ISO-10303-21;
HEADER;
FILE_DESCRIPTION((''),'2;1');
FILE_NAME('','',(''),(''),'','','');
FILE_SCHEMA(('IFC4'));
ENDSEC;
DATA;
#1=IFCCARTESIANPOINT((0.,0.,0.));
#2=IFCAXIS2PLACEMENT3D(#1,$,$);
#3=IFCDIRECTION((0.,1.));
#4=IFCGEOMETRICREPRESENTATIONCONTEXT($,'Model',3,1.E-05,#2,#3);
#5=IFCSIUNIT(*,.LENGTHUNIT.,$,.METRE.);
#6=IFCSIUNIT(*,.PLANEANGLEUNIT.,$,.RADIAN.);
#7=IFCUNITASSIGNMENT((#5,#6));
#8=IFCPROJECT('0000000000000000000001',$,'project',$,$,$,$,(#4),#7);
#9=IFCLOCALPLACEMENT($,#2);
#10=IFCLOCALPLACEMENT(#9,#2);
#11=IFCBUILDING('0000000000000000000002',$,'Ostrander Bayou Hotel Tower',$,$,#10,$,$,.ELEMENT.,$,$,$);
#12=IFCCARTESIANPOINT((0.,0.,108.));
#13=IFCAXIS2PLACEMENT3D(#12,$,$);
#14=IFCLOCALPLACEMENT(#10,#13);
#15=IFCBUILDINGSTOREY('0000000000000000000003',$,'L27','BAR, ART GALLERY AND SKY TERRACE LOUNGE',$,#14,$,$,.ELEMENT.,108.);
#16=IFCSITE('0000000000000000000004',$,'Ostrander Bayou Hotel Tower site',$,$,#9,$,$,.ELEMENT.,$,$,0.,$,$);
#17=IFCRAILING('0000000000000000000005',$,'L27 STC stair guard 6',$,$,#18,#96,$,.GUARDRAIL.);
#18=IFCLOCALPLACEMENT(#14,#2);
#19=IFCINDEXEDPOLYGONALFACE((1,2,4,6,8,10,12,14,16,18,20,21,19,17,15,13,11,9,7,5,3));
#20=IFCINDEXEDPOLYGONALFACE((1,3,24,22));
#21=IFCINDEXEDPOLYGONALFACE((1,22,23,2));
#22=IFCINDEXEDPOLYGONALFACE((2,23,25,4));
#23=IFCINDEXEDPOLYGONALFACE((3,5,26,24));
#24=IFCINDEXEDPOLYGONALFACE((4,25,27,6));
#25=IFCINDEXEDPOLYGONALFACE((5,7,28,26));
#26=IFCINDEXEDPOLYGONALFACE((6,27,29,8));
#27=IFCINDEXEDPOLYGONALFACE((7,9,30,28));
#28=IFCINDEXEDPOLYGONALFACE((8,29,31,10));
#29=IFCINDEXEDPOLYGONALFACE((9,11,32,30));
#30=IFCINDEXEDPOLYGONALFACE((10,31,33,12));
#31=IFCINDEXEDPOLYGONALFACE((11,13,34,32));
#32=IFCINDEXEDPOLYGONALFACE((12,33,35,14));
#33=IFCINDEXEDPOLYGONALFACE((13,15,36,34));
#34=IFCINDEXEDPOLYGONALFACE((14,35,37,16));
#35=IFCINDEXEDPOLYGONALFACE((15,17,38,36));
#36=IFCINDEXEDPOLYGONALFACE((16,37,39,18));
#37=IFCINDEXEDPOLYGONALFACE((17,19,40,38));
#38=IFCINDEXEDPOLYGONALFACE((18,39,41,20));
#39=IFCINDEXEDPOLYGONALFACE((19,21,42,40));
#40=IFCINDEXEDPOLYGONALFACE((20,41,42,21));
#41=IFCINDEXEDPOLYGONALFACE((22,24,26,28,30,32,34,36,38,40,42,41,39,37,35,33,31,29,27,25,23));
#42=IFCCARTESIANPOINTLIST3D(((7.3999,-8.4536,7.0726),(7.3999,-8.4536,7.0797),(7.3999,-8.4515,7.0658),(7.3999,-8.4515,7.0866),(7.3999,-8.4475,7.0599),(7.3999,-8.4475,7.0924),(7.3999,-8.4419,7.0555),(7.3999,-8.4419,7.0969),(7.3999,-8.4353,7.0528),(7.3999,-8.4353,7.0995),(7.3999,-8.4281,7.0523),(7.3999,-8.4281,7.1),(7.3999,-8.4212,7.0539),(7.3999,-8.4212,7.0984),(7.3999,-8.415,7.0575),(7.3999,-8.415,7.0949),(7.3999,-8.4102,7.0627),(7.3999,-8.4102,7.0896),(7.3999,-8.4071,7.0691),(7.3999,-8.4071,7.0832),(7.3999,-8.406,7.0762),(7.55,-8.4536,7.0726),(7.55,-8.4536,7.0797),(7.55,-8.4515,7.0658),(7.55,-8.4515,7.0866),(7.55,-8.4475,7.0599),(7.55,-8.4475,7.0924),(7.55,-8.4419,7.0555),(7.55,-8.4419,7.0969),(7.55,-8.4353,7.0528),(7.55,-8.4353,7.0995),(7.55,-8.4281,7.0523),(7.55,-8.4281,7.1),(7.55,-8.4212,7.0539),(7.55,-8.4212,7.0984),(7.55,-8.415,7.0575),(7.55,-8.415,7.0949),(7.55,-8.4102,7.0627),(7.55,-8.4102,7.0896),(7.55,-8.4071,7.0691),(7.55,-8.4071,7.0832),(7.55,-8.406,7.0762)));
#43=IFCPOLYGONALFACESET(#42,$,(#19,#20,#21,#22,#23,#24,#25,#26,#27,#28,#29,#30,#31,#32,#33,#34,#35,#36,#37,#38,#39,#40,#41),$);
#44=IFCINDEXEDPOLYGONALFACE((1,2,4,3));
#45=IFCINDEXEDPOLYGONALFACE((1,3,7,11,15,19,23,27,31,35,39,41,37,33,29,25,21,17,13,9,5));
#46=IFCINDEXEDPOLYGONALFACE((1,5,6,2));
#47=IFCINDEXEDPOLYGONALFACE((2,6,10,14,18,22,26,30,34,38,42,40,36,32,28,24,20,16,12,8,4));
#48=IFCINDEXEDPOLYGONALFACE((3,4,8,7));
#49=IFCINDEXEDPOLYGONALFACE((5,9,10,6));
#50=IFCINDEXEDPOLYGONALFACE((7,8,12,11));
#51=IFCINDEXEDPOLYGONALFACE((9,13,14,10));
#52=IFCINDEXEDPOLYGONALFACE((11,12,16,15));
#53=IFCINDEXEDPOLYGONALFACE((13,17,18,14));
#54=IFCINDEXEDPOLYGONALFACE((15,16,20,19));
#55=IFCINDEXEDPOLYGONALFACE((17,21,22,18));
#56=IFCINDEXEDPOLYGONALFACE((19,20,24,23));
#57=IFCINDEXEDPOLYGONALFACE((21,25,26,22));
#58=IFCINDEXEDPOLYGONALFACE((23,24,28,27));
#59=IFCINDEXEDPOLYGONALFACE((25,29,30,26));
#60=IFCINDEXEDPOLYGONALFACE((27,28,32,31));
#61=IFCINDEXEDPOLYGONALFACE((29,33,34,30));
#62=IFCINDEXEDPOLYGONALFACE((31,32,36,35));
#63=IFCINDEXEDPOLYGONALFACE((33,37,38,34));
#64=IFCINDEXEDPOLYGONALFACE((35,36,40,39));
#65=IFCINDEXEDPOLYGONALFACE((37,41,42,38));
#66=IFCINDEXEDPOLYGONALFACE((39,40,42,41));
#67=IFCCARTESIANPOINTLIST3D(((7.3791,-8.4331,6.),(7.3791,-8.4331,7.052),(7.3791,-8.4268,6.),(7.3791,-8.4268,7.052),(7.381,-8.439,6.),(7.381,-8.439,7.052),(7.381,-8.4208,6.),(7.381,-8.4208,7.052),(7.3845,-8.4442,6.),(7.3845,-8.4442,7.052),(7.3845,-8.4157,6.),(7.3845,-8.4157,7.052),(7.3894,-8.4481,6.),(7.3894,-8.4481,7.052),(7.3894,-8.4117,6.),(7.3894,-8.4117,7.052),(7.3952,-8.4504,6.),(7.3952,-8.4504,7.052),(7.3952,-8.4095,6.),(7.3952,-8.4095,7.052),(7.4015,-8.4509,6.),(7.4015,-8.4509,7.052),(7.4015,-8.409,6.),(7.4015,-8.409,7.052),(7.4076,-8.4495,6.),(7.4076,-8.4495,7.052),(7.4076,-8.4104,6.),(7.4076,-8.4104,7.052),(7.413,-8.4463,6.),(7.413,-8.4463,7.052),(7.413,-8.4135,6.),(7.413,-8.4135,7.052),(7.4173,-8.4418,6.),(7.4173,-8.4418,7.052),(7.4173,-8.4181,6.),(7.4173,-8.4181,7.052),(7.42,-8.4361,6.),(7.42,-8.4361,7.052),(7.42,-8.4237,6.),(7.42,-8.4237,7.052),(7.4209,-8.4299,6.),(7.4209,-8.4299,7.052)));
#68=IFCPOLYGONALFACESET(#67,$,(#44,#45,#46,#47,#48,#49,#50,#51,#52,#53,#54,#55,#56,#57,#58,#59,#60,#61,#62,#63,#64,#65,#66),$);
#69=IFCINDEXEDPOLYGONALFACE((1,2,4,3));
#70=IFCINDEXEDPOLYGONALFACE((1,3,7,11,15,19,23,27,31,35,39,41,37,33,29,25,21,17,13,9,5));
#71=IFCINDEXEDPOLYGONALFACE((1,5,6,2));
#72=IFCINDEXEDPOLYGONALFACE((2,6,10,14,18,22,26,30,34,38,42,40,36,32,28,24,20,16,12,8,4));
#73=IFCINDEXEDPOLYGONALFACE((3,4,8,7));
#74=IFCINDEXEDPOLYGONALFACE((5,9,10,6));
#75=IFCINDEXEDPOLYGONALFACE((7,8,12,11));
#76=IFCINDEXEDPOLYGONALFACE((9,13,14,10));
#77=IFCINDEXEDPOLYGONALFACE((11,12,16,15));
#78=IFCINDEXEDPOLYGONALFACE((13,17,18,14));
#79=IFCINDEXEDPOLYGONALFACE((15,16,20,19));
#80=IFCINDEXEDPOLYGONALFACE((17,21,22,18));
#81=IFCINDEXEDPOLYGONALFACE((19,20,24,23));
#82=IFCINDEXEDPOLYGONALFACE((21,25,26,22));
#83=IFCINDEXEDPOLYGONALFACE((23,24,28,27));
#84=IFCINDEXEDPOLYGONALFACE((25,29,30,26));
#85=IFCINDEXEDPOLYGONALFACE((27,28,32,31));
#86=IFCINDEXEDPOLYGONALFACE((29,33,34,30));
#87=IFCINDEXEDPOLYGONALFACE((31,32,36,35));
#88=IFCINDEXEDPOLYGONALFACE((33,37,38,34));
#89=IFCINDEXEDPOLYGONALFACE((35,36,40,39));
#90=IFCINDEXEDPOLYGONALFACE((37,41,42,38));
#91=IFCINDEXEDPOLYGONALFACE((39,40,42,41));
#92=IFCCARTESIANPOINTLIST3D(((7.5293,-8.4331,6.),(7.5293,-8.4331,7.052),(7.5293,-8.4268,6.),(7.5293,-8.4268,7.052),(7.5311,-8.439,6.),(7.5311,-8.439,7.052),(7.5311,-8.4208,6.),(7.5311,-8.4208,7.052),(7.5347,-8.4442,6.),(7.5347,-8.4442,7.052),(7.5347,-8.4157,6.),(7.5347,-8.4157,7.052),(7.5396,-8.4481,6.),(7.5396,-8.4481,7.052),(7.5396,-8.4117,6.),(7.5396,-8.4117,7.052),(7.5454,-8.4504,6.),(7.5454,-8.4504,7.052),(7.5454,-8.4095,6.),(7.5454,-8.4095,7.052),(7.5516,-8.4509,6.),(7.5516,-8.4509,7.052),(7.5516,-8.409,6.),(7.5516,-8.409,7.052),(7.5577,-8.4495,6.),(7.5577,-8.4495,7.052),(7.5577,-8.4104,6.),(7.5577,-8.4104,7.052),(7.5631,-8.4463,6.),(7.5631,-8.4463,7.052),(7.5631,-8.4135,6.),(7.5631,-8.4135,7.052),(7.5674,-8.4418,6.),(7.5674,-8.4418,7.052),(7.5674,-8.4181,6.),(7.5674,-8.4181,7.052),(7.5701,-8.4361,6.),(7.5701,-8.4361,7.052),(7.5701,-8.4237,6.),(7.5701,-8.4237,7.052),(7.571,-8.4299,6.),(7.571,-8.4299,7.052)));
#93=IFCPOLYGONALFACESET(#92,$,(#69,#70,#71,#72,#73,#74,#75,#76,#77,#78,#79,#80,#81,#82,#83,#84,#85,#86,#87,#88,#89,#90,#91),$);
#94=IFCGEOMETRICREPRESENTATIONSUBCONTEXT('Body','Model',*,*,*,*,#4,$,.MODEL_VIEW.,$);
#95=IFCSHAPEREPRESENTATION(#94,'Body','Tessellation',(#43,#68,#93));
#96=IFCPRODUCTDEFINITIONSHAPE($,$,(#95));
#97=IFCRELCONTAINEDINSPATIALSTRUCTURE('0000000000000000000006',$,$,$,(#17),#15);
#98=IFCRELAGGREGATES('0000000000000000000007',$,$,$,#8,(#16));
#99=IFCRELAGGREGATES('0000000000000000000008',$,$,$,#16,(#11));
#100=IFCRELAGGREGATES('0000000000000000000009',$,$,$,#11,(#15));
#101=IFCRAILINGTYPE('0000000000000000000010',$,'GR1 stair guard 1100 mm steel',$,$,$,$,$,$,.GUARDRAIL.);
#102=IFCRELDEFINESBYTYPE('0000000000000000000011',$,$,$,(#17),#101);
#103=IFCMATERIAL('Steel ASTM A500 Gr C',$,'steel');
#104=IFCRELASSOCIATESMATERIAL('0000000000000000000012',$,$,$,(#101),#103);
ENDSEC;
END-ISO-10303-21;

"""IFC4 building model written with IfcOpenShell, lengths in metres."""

from ifc_helpers import new_model, si_unit, direction, frame, origin, origin_2d, place, context, subcontext, project, spatial, circle, extrude, material, type_object, element, save


model = new_model("IFC4")

# Units and contexts
model_context = context("Model", 3, precision=1e-05, world=origin(), true_north=direction((0.0, 1.0)))
body_context = subcontext(model_context, "Body", "Model", "MODEL_VIEW")
ifc_project = project(units=[si_unit("LENGTHUNIT", "METRE"), si_unit("PLANEANGLEUNIT", "RADIAN")], contexts=[model_context])

# Site, building, storey
site_placement = place(None, origin())
site = spatial("IfcSite", under=ifc_project, at=site_placement, Name="Ostrander Bayou Hotel Tower site", CompositionType="ELEMENT", RefElevation=0.0)
building_placement = place(site_placement, origin())
building = spatial("IfcBuilding", under=site, at=building_placement, Name="Ostrander Bayou Hotel Tower", CompositionType="ELEMENT")
storey_placement = place(building_placement, frame((0.0, 0.0, 108.0)))
storey = spatial("IfcBuildingStorey", under=building, at=storey_placement, Name="L27", Description="BAR, ART GALLERY AND SKY TERRACE LOUNGE", CompositionType="ELEMENT", Elevation=108.0)

# Railing
ifc_material_1 = material(Name="Steel ASTM A500 Gr C", Category="steel")
railing_type_1 = type_object("IfcRailingType", Name="GR1 stair guard 1100 mm steel", PredefinedType="GUARDRAIL", material=ifc_material_1)
railing_1_placement = place(storey_placement, frame((7.3999, -8.4299, 6.0)))
element("IfcRailing", 1, at=railing_1_placement, inside=storey, type_object=railing_type_1, Name="L27 STC stair guard 6", PredefinedType="GUARDRAIL", context=body_context, shape_type="SweptSolid", body=[
    extrude(circle(Radius=0.0239, at=origin_2d()), frame((0.0, 0.0, 1.0762), z_axis=(1.0, 0.0, 0.0), x_axis=(0.0, 1.0, 0.0)), (0.0, 0.0, 1.0), 0.1501),
    extrude(circle(Radius=0.021, at=origin_2d()), origin(), (0.0, 0.0, 1.0), 1.052),
    extrude(circle(Radius=0.021, at=origin_2d()), frame((0.1501, 0.0, 0.0)), (0.0, 0.0, 1.0), 1.052),
])

save(model, "model.ifc")
